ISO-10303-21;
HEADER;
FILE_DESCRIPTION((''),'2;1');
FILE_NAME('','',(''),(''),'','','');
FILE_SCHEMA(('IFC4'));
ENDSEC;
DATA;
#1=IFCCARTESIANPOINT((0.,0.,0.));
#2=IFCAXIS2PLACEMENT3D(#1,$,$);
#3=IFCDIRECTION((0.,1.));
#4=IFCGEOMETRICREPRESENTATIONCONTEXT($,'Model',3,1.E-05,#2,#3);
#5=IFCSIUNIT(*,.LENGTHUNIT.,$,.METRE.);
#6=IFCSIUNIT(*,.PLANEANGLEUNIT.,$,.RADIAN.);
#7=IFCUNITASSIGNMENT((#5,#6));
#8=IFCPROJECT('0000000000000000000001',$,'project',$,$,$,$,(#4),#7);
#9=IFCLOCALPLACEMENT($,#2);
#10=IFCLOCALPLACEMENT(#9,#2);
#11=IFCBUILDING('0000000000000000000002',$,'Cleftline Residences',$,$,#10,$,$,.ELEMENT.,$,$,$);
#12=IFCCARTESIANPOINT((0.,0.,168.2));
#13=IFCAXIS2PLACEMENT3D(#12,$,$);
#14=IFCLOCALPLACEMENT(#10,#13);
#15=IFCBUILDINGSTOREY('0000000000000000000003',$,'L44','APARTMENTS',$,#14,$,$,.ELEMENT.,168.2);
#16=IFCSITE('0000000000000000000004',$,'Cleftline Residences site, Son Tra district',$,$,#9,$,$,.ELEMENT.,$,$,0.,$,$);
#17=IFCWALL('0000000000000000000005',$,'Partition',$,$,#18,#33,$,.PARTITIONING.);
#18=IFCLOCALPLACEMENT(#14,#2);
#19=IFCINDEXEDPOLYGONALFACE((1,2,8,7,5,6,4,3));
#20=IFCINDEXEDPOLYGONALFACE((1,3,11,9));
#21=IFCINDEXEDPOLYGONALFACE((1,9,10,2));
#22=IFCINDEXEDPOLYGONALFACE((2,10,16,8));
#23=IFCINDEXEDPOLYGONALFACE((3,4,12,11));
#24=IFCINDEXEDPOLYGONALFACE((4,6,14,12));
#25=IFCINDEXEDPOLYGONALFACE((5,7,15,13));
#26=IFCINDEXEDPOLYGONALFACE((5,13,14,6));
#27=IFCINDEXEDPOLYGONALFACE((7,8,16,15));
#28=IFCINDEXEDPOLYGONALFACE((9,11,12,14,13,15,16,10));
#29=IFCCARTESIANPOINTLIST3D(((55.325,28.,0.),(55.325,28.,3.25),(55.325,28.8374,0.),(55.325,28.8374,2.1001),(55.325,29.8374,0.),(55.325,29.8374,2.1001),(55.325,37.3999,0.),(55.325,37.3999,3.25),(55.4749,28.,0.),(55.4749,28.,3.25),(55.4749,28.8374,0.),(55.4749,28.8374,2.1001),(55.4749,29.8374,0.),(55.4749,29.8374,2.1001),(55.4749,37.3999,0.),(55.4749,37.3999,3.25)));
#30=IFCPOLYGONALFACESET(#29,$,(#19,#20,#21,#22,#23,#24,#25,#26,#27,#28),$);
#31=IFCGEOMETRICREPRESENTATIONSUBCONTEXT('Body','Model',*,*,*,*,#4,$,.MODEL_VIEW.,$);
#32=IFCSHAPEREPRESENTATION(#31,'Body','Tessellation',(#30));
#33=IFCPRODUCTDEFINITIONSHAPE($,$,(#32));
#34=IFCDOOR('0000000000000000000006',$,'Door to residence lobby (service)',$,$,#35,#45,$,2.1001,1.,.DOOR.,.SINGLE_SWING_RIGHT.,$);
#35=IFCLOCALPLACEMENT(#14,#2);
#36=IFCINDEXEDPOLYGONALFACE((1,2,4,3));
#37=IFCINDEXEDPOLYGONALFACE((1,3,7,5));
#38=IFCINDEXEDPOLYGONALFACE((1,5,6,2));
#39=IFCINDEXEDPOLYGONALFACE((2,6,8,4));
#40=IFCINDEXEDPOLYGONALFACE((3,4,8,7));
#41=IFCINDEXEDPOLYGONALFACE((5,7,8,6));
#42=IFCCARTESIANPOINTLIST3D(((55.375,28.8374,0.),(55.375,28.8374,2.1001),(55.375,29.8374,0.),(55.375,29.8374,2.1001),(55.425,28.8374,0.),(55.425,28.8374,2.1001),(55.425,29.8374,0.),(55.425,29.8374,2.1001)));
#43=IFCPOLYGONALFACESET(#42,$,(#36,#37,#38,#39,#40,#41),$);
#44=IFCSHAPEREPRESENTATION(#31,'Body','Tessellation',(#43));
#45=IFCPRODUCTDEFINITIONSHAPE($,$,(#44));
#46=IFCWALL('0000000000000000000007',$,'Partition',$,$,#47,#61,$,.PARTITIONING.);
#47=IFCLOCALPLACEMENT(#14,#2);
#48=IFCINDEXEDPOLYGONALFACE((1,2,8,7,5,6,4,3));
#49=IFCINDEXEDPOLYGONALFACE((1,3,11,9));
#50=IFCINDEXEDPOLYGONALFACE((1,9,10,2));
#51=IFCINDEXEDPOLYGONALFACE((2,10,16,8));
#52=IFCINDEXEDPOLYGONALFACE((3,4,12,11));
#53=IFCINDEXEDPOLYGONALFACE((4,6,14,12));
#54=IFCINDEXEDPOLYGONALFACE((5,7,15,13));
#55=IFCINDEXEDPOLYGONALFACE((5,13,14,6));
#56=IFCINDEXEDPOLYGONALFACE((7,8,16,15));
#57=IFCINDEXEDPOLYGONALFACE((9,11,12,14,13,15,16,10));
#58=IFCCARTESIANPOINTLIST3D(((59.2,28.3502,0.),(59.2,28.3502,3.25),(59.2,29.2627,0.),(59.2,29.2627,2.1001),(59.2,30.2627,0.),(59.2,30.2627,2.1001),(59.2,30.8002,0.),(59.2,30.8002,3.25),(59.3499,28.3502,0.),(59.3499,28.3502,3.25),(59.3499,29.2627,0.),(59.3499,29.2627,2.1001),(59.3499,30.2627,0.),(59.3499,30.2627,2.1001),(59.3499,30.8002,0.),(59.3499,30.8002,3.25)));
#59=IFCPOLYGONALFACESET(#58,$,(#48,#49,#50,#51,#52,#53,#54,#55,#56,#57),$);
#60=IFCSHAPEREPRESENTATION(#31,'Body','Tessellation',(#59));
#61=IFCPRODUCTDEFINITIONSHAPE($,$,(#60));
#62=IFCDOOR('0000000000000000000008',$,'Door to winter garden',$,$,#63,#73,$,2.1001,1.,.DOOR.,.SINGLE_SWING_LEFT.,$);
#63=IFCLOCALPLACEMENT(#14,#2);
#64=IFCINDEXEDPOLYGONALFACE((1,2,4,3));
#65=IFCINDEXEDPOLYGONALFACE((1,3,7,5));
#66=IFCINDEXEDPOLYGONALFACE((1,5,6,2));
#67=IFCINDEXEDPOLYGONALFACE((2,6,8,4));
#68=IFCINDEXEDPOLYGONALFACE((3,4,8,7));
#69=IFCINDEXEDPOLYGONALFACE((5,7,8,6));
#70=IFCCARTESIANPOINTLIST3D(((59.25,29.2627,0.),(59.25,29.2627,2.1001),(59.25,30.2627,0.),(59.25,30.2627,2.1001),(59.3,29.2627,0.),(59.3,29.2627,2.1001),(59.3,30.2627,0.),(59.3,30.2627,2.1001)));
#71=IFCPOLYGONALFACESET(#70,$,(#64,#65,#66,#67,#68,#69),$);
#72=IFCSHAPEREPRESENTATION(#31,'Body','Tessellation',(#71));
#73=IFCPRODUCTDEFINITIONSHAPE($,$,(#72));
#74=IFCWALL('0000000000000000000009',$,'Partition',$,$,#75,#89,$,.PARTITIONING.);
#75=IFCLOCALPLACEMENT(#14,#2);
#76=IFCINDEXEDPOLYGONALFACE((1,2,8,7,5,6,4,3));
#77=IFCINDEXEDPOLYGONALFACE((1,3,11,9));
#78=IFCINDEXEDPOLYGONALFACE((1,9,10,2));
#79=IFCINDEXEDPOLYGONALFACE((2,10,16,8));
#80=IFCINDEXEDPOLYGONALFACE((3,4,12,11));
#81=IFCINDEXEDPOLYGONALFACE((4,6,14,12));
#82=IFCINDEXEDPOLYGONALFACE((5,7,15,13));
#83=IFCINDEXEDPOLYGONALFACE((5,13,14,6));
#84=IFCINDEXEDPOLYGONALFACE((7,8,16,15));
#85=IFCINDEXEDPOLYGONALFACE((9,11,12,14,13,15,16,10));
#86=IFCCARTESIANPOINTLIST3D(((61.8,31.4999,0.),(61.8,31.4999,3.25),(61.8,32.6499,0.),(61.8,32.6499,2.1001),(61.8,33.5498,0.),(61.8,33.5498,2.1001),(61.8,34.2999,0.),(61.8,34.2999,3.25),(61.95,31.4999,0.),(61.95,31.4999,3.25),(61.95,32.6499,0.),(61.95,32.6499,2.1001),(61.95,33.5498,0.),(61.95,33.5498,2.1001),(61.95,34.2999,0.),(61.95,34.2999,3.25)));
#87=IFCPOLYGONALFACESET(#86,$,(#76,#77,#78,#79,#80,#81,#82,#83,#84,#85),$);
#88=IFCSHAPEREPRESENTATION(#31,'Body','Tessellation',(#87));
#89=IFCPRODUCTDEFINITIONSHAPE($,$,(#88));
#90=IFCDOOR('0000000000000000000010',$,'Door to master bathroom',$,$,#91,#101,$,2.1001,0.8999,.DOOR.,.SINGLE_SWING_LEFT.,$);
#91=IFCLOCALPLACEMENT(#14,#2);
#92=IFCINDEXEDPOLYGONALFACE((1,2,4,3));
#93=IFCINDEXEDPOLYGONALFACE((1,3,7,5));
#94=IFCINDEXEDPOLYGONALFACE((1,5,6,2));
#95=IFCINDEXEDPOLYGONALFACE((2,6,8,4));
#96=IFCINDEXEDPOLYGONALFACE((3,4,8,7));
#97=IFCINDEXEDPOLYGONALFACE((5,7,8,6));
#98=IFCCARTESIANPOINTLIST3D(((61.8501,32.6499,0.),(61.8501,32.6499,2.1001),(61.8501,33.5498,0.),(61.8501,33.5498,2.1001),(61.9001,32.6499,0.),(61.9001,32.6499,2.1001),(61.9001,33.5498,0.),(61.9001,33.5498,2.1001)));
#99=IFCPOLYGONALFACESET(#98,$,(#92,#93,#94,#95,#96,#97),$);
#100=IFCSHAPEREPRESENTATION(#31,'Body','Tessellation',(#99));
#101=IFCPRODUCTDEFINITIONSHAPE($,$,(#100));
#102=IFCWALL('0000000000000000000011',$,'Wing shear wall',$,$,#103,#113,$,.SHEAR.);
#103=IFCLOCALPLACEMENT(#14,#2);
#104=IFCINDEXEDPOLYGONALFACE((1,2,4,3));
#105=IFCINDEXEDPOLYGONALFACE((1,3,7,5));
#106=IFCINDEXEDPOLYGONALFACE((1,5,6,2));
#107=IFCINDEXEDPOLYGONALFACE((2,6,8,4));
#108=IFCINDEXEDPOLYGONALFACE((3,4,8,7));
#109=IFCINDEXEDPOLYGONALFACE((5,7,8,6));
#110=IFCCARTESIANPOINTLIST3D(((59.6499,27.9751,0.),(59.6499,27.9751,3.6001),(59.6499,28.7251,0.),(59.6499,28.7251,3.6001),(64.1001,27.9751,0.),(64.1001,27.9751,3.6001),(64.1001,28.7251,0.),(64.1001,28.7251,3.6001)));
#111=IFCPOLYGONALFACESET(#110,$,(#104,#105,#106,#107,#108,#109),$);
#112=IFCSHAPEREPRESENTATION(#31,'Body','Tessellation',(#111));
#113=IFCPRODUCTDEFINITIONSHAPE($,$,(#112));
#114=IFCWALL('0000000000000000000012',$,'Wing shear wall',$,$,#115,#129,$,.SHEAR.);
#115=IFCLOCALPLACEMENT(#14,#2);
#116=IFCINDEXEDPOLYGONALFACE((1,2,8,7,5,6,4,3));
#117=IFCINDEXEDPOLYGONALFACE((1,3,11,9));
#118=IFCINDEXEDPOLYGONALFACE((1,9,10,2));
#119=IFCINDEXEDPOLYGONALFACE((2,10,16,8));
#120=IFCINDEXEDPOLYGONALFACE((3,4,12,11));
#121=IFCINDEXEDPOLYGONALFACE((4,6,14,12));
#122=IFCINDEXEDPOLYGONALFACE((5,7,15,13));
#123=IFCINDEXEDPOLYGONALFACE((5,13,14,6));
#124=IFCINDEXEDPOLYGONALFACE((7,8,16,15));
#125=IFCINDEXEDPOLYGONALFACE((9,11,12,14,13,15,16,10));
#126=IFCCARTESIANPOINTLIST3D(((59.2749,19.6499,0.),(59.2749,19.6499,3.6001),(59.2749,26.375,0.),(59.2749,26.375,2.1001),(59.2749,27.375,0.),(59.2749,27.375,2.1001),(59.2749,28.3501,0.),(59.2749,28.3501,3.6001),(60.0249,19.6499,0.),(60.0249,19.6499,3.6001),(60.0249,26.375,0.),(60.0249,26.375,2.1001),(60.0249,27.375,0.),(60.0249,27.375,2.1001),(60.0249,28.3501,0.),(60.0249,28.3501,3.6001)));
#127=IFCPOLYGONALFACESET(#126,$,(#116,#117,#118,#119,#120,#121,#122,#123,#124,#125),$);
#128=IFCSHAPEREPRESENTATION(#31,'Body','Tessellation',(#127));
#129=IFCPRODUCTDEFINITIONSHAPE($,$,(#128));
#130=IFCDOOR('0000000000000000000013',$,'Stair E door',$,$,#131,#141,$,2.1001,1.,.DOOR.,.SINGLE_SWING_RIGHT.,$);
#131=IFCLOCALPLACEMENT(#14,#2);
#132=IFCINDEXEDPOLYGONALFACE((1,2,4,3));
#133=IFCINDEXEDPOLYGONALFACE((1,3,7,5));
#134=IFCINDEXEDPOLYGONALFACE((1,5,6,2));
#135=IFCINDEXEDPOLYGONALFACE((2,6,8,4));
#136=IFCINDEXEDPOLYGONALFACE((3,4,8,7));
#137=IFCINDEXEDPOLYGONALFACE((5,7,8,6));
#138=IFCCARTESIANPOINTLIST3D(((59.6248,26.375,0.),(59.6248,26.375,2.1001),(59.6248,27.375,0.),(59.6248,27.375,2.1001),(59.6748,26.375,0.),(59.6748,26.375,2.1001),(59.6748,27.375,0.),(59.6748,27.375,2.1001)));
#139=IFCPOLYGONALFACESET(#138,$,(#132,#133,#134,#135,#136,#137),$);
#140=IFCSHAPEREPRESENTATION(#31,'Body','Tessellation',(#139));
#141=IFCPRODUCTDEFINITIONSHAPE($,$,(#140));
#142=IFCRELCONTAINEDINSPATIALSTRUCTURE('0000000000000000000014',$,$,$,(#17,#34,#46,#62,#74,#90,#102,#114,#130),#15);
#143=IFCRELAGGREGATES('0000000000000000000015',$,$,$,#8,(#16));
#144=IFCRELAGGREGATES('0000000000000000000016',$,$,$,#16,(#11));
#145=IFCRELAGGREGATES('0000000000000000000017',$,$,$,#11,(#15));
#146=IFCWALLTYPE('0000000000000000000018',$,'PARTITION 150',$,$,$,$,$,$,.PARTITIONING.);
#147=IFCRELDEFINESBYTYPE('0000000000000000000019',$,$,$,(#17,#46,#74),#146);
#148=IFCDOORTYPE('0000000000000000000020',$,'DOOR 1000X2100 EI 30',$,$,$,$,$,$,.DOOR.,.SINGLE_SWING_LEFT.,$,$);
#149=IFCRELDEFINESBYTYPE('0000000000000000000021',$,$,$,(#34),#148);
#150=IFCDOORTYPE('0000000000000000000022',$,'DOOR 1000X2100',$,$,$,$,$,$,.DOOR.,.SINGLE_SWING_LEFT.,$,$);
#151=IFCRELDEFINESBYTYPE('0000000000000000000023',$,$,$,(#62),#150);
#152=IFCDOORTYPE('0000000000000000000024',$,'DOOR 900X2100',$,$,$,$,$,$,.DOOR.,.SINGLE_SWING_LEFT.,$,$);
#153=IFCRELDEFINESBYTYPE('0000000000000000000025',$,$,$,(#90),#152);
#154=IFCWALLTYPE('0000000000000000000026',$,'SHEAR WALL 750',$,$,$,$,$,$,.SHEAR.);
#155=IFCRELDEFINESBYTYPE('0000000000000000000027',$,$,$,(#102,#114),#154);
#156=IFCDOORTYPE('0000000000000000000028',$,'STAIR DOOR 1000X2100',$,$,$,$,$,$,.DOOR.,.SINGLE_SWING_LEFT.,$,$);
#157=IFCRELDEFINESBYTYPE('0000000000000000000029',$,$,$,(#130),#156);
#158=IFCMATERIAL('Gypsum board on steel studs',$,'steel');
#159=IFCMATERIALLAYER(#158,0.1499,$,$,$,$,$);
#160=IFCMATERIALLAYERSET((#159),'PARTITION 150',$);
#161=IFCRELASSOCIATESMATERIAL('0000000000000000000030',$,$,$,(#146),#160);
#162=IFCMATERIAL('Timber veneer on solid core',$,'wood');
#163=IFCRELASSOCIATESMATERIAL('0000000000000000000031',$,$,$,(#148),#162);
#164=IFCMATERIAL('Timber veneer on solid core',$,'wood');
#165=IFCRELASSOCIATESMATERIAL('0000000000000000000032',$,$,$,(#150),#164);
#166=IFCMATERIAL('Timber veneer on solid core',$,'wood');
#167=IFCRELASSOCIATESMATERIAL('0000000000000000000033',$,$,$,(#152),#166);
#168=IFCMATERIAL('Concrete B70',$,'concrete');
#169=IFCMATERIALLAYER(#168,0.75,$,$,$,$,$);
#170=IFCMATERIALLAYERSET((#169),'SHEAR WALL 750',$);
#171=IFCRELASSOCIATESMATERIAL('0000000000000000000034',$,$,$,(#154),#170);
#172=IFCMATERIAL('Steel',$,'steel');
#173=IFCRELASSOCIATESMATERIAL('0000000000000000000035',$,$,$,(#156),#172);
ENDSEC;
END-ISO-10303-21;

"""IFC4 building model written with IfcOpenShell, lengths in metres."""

from ifc_helpers import new_model, si_unit, direction, frame, frame_2d, origin, place, context, subcontext, project, spatial, rectangle, extrude, material, layer, layer_set, type_object, element, fill, save


model = new_model("IFC4")

# Units and contexts
model_context = context("Model", 3, precision=1e-05, world=origin(), true_north=direction((0.0, 1.0)))
body_context = subcontext(model_context, "Body", "Model", "MODEL_VIEW")
ifc_project = project(units=[si_unit("LENGTHUNIT", "METRE"), si_unit("PLANEANGLEUNIT", "RADIAN")], contexts=[model_context])

# Site, building, storey
site_placement = place(None, origin())
site = spatial("IfcSite", under=ifc_project, at=site_placement, Name="Cleftline Residences site, Son Tra district", CompositionType="ELEMENT", RefElevation=0.0)
building_placement = place(site_placement, origin())
building = spatial("IfcBuilding", under=site, at=building_placement, Name="Cleftline Residences", CompositionType="ELEMENT")
storey_placement = place(building_placement, frame((0.0, 0.0, 168.2)))
storey = spatial("IfcBuildingStorey", under=building, at=storey_placement, Name="L44", Description="APARTMENTS", CompositionType="ELEMENT", Elevation=168.2)

# Shared definitions
ifc_material_1 = material(Name="Gypsum board on steel studs", Category="steel")
ifc_layer_1 = layer(ifc_material_1, 0.1499)
ifc_layer_set_1 = layer_set([ifc_layer_1], Name="PARTITION 150")
wall_type_1 = type_object("IfcWallType", Name="PARTITION 150", PredefinedType="PARTITIONING", material=ifc_layer_set_1)

# Walls, openings, doors
wall_1_placement = place(storey_placement, frame((55.3999, 28.0, 0.0), z_axis=(0.0, 0.0, 1.0), x_axis=(0.0, 1.0, 0.0)))
wall_1 = element("IfcWall", 1, at=wall_1_placement, inside=storey, type_object=wall_type_1, Name="Partition", PredefinedType="PARTITIONING", context=body_context, shape_type="SweptSolid", body=[
    extrude(rectangle(XDim=9.3999, YDim=0.1499, at=frame_2d((4.7, 0.0))), origin(), (0.0, 0.0, 1.0), 3.25),
])
opening_1_placement = place(wall_1_placement, frame((0.8374, 0.0, 0.0)))
opening_1 = element("IfcOpeningElement", 2, at=opening_1_placement, cuts=wall_1, PredefinedType="OPENING", context=body_context, shape_type="SweptSolid", body=[
    extrude(rectangle(XDim=1.0, YDim=2.1001, at=frame_2d((0.5, 1.05))), frame((0.0, 0.085, 0.0), z_axis=(0.0, -1.0, 0.0), x_axis=(1.0, 0.0, 0.0)), (0.0, 0.0, 1.0), 0.1699),
])
ifc_material_2 = material(Name="Timber veneer on solid core", Category="wood")
door_type_1 = type_object("IfcDoorType", Name="DOOR 1000X2100 EI 30", OperationType="SINGLE_SWING_LEFT", PredefinedType="DOOR", material=ifc_material_2)
door_1_placement = place(opening_1_placement, origin())
door_1 = element("IfcDoor", 3, at=door_1_placement, inside=storey, type_object=door_type_1, Name="Door to residence lobby (service)", OperationType="SINGLE_SWING_RIGHT", OverallHeight=2.1001, OverallWidth=1.0, PredefinedType="DOOR", context=body_context, shape_type="SweptSolid", body=[
    extrude(rectangle(XDim=1.0, YDim=2.1001, at=frame_2d((0.5, 1.05))), frame((0.0, 0.0249, 0.0), z_axis=(0.0, -1.0, 0.0), x_axis=(1.0, 0.0, 0.0)), (0.0, 0.0, 1.0), 0.05),
])
fill(opening_1, door_1)
wall_2_placement = place(storey_placement, frame((59.2749, 28.3501, 0.0), z_axis=(0.0, 0.0, 1.0), x_axis=(0.0, 1.0, 0.0)))
wall_2 = element("IfcWall", 4, at=wall_2_placement, inside=storey, type_object=wall_type_1, Name="Partition", PredefinedType="PARTITIONING", context=body_context, shape_type="SweptSolid", body=[
    extrude(rectangle(XDim=2.45, YDim=0.1499, at=frame_2d((1.2251, 0.0))), origin(), (0.0, 0.0, 1.0), 3.25),
])
opening_2_placement = place(wall_2_placement, frame((0.9126, 0.0, 0.0)))
opening_2 = element("IfcOpeningElement", 5, at=opening_2_placement, cuts=wall_2, PredefinedType="OPENING", context=body_context, shape_type="SweptSolid", body=[
    extrude(rectangle(XDim=1.0, YDim=2.1001, at=frame_2d((0.5, 1.05))), frame((0.0, 0.085, 0.0), z_axis=(0.0, -1.0, 0.0), x_axis=(1.0, 0.0, 0.0)), (0.0, 0.0, 1.0), 0.1699),
])
ifc_material_3 = material(Name="Timber veneer on solid core", Category="wood")
door_type_2 = type_object("IfcDoorType", Name="DOOR 1000X2100", OperationType="SINGLE_SWING_LEFT", PredefinedType="DOOR", material=ifc_material_3)
door_2_placement = place(opening_2_placement, origin())
door_2 = element("IfcDoor", 6, at=door_2_placement, inside=storey, type_object=door_type_2, Name="Door to winter garden", OperationType="SINGLE_SWING_LEFT", OverallHeight=2.1001, OverallWidth=1.0, PredefinedType="DOOR", context=body_context, shape_type="SweptSolid", body=[
    extrude(rectangle(XDim=1.0, YDim=2.1001, at=frame_2d((0.5, 1.05))), frame((0.0, 0.0249, 0.0), z_axis=(0.0, -1.0, 0.0), x_axis=(1.0, 0.0, 0.0)), (0.0, 0.0, 1.0), 0.05),
])
fill(opening_2, door_2)
wall_3_placement = place(storey_placement, frame((61.875, 31.5, 0.0), z_axis=(0.0, 0.0, 1.0), x_axis=(0.0, 1.0, 0.0)))
wall_3 = element("IfcWall", 7, at=wall_3_placement, inside=storey, type_object=wall_type_1, Name="Partition", PredefinedType="PARTITIONING", context=body_context, shape_type="SweptSolid", body=[
    extrude(rectangle(XDim=2.8, YDim=0.1499, at=frame_2d((1.3999, 0.0))), origin(), (0.0, 0.0, 1.0), 3.25),
])
opening_3_placement = place(wall_3_placement, frame((1.1499, 0.0, 0.0)))
opening_3 = element("IfcOpeningElement", 8, at=opening_3_placement, cuts=wall_3, PredefinedType="OPENING", context=body_context, shape_type="SweptSolid", body=[
    extrude(rectangle(XDim=0.8999, YDim=2.1001, at=frame_2d((0.45, 1.05))), frame((0.0, 0.085, 0.0), z_axis=(0.0, -1.0, 0.0), x_axis=(1.0, 0.0, 0.0)), (0.0, 0.0, 1.0), 0.1699),
])
ifc_material_4 = material(Name="Timber veneer on solid core", Category="wood")
door_type_3 = type_object("IfcDoorType", Name="DOOR 900X2100", OperationType="SINGLE_SWING_LEFT", PredefinedType="DOOR", material=ifc_material_4)
door_3_placement = place(opening_3_placement, origin())
door_3 = element("IfcDoor", 9, at=door_3_placement, inside=storey, type_object=door_type_3, Name="Door to master bathroom", OperationType="SINGLE_SWING_LEFT", OverallHeight=2.1001, OverallWidth=0.8999, PredefinedType="DOOR", context=body_context, shape_type="SweptSolid", body=[
    extrude(rectangle(XDim=0.8999, YDim=2.1001, at=frame_2d((0.45, 1.05))), frame((0.0, 0.0249, 0.0), z_axis=(0.0, -1.0, 0.0), x_axis=(1.0, 0.0, 0.0)), (0.0, 0.0, 1.0), 0.05),
])
fill(opening_3, door_3)

# Wall
ifc_material_5 = material(Name="Concrete B70", Category="concrete")
ifc_layer_2 = layer(ifc_material_5, 0.75)
ifc_layer_set_2 = layer_set([ifc_layer_2], Name="SHEAR WALL 750")
wall_type_2 = type_object("IfcWallType", Name="SHEAR WALL 750", PredefinedType="SHEAR", material=ifc_layer_set_2)
wall_4_placement = place(storey_placement, frame((64.1001, 28.3501, 0.0), z_axis=(0.0, 0.0, 1.0), x_axis=(-1.0, 0.0, 0.0)))
element("IfcWall", 10, at=wall_4_placement, inside=storey, type_object=wall_type_2, Name="Wing shear wall", PredefinedType="SHEAR", context=body_context, shape_type="SweptSolid", body=[
    extrude(rectangle(XDim=4.4502, YDim=0.75, at=frame_2d((2.2251, 0.0))), origin(), (0.0, 0.0, 1.0), 3.6001),
])

# Wall, opening, door
wall_5_placement = place(storey_placement, frame((59.6499, 28.3501, 0.0), z_axis=(0.0, 0.0, 1.0), x_axis=(0.0, -1.0, 0.0)))
wall_5 = element("IfcWall", 11, at=wall_5_placement, inside=storey, type_object=wall_type_2, Name="Wing shear wall", PredefinedType="SHEAR", context=body_context, shape_type="SweptSolid", body=[
    extrude(rectangle(XDim=8.7002, YDim=0.75, at=frame_2d((4.3501, 0.0))), origin(), (0.0, 0.0, 1.0), 3.6001),
])
opening_4_placement = place(wall_5_placement, frame((0.9751, 0.0, 0.0)))
opening_4 = element("IfcOpeningElement", 12, at=opening_4_placement, cuts=wall_5, PredefinedType="OPENING", context=body_context, shape_type="SweptSolid", body=[
    extrude(rectangle(XDim=1.0, YDim=2.1001, at=frame_2d((0.5, 1.05))), frame((0.0, 0.385, 0.0), z_axis=(0.0, -1.0, 0.0), x_axis=(1.0, 0.0, 0.0)), (0.0, 0.0, 1.0), 0.77),
])
ifc_material_6 = material(Name="Steel", Category="steel")
door_type_4 = type_object("IfcDoorType", Name="STAIR DOOR 1000X2100", OperationType="SINGLE_SWING_LEFT", PredefinedType="DOOR", material=ifc_material_6)
door_4_placement = place(opening_4_placement, origin())
door_4 = element("IfcDoor", 13, at=door_4_placement, inside=storey, type_object=door_type_4, Name="Stair E door", OperationType="SINGLE_SWING_RIGHT", OverallHeight=2.1001, OverallWidth=1.0, PredefinedType="DOOR", context=body_context, shape_type="SweptSolid", body=[
    extrude(rectangle(XDim=1.0, YDim=2.1001, at=frame_2d((0.5, 1.05))), frame((0.0, 0.0249, 0.0), z_axis=(0.0, -1.0, 0.0), x_axis=(1.0, 0.0, 0.0)), (0.0, 0.0, 1.0), 0.05),
])
fill(opening_4, door_4)

save(model, "model.ifc")
